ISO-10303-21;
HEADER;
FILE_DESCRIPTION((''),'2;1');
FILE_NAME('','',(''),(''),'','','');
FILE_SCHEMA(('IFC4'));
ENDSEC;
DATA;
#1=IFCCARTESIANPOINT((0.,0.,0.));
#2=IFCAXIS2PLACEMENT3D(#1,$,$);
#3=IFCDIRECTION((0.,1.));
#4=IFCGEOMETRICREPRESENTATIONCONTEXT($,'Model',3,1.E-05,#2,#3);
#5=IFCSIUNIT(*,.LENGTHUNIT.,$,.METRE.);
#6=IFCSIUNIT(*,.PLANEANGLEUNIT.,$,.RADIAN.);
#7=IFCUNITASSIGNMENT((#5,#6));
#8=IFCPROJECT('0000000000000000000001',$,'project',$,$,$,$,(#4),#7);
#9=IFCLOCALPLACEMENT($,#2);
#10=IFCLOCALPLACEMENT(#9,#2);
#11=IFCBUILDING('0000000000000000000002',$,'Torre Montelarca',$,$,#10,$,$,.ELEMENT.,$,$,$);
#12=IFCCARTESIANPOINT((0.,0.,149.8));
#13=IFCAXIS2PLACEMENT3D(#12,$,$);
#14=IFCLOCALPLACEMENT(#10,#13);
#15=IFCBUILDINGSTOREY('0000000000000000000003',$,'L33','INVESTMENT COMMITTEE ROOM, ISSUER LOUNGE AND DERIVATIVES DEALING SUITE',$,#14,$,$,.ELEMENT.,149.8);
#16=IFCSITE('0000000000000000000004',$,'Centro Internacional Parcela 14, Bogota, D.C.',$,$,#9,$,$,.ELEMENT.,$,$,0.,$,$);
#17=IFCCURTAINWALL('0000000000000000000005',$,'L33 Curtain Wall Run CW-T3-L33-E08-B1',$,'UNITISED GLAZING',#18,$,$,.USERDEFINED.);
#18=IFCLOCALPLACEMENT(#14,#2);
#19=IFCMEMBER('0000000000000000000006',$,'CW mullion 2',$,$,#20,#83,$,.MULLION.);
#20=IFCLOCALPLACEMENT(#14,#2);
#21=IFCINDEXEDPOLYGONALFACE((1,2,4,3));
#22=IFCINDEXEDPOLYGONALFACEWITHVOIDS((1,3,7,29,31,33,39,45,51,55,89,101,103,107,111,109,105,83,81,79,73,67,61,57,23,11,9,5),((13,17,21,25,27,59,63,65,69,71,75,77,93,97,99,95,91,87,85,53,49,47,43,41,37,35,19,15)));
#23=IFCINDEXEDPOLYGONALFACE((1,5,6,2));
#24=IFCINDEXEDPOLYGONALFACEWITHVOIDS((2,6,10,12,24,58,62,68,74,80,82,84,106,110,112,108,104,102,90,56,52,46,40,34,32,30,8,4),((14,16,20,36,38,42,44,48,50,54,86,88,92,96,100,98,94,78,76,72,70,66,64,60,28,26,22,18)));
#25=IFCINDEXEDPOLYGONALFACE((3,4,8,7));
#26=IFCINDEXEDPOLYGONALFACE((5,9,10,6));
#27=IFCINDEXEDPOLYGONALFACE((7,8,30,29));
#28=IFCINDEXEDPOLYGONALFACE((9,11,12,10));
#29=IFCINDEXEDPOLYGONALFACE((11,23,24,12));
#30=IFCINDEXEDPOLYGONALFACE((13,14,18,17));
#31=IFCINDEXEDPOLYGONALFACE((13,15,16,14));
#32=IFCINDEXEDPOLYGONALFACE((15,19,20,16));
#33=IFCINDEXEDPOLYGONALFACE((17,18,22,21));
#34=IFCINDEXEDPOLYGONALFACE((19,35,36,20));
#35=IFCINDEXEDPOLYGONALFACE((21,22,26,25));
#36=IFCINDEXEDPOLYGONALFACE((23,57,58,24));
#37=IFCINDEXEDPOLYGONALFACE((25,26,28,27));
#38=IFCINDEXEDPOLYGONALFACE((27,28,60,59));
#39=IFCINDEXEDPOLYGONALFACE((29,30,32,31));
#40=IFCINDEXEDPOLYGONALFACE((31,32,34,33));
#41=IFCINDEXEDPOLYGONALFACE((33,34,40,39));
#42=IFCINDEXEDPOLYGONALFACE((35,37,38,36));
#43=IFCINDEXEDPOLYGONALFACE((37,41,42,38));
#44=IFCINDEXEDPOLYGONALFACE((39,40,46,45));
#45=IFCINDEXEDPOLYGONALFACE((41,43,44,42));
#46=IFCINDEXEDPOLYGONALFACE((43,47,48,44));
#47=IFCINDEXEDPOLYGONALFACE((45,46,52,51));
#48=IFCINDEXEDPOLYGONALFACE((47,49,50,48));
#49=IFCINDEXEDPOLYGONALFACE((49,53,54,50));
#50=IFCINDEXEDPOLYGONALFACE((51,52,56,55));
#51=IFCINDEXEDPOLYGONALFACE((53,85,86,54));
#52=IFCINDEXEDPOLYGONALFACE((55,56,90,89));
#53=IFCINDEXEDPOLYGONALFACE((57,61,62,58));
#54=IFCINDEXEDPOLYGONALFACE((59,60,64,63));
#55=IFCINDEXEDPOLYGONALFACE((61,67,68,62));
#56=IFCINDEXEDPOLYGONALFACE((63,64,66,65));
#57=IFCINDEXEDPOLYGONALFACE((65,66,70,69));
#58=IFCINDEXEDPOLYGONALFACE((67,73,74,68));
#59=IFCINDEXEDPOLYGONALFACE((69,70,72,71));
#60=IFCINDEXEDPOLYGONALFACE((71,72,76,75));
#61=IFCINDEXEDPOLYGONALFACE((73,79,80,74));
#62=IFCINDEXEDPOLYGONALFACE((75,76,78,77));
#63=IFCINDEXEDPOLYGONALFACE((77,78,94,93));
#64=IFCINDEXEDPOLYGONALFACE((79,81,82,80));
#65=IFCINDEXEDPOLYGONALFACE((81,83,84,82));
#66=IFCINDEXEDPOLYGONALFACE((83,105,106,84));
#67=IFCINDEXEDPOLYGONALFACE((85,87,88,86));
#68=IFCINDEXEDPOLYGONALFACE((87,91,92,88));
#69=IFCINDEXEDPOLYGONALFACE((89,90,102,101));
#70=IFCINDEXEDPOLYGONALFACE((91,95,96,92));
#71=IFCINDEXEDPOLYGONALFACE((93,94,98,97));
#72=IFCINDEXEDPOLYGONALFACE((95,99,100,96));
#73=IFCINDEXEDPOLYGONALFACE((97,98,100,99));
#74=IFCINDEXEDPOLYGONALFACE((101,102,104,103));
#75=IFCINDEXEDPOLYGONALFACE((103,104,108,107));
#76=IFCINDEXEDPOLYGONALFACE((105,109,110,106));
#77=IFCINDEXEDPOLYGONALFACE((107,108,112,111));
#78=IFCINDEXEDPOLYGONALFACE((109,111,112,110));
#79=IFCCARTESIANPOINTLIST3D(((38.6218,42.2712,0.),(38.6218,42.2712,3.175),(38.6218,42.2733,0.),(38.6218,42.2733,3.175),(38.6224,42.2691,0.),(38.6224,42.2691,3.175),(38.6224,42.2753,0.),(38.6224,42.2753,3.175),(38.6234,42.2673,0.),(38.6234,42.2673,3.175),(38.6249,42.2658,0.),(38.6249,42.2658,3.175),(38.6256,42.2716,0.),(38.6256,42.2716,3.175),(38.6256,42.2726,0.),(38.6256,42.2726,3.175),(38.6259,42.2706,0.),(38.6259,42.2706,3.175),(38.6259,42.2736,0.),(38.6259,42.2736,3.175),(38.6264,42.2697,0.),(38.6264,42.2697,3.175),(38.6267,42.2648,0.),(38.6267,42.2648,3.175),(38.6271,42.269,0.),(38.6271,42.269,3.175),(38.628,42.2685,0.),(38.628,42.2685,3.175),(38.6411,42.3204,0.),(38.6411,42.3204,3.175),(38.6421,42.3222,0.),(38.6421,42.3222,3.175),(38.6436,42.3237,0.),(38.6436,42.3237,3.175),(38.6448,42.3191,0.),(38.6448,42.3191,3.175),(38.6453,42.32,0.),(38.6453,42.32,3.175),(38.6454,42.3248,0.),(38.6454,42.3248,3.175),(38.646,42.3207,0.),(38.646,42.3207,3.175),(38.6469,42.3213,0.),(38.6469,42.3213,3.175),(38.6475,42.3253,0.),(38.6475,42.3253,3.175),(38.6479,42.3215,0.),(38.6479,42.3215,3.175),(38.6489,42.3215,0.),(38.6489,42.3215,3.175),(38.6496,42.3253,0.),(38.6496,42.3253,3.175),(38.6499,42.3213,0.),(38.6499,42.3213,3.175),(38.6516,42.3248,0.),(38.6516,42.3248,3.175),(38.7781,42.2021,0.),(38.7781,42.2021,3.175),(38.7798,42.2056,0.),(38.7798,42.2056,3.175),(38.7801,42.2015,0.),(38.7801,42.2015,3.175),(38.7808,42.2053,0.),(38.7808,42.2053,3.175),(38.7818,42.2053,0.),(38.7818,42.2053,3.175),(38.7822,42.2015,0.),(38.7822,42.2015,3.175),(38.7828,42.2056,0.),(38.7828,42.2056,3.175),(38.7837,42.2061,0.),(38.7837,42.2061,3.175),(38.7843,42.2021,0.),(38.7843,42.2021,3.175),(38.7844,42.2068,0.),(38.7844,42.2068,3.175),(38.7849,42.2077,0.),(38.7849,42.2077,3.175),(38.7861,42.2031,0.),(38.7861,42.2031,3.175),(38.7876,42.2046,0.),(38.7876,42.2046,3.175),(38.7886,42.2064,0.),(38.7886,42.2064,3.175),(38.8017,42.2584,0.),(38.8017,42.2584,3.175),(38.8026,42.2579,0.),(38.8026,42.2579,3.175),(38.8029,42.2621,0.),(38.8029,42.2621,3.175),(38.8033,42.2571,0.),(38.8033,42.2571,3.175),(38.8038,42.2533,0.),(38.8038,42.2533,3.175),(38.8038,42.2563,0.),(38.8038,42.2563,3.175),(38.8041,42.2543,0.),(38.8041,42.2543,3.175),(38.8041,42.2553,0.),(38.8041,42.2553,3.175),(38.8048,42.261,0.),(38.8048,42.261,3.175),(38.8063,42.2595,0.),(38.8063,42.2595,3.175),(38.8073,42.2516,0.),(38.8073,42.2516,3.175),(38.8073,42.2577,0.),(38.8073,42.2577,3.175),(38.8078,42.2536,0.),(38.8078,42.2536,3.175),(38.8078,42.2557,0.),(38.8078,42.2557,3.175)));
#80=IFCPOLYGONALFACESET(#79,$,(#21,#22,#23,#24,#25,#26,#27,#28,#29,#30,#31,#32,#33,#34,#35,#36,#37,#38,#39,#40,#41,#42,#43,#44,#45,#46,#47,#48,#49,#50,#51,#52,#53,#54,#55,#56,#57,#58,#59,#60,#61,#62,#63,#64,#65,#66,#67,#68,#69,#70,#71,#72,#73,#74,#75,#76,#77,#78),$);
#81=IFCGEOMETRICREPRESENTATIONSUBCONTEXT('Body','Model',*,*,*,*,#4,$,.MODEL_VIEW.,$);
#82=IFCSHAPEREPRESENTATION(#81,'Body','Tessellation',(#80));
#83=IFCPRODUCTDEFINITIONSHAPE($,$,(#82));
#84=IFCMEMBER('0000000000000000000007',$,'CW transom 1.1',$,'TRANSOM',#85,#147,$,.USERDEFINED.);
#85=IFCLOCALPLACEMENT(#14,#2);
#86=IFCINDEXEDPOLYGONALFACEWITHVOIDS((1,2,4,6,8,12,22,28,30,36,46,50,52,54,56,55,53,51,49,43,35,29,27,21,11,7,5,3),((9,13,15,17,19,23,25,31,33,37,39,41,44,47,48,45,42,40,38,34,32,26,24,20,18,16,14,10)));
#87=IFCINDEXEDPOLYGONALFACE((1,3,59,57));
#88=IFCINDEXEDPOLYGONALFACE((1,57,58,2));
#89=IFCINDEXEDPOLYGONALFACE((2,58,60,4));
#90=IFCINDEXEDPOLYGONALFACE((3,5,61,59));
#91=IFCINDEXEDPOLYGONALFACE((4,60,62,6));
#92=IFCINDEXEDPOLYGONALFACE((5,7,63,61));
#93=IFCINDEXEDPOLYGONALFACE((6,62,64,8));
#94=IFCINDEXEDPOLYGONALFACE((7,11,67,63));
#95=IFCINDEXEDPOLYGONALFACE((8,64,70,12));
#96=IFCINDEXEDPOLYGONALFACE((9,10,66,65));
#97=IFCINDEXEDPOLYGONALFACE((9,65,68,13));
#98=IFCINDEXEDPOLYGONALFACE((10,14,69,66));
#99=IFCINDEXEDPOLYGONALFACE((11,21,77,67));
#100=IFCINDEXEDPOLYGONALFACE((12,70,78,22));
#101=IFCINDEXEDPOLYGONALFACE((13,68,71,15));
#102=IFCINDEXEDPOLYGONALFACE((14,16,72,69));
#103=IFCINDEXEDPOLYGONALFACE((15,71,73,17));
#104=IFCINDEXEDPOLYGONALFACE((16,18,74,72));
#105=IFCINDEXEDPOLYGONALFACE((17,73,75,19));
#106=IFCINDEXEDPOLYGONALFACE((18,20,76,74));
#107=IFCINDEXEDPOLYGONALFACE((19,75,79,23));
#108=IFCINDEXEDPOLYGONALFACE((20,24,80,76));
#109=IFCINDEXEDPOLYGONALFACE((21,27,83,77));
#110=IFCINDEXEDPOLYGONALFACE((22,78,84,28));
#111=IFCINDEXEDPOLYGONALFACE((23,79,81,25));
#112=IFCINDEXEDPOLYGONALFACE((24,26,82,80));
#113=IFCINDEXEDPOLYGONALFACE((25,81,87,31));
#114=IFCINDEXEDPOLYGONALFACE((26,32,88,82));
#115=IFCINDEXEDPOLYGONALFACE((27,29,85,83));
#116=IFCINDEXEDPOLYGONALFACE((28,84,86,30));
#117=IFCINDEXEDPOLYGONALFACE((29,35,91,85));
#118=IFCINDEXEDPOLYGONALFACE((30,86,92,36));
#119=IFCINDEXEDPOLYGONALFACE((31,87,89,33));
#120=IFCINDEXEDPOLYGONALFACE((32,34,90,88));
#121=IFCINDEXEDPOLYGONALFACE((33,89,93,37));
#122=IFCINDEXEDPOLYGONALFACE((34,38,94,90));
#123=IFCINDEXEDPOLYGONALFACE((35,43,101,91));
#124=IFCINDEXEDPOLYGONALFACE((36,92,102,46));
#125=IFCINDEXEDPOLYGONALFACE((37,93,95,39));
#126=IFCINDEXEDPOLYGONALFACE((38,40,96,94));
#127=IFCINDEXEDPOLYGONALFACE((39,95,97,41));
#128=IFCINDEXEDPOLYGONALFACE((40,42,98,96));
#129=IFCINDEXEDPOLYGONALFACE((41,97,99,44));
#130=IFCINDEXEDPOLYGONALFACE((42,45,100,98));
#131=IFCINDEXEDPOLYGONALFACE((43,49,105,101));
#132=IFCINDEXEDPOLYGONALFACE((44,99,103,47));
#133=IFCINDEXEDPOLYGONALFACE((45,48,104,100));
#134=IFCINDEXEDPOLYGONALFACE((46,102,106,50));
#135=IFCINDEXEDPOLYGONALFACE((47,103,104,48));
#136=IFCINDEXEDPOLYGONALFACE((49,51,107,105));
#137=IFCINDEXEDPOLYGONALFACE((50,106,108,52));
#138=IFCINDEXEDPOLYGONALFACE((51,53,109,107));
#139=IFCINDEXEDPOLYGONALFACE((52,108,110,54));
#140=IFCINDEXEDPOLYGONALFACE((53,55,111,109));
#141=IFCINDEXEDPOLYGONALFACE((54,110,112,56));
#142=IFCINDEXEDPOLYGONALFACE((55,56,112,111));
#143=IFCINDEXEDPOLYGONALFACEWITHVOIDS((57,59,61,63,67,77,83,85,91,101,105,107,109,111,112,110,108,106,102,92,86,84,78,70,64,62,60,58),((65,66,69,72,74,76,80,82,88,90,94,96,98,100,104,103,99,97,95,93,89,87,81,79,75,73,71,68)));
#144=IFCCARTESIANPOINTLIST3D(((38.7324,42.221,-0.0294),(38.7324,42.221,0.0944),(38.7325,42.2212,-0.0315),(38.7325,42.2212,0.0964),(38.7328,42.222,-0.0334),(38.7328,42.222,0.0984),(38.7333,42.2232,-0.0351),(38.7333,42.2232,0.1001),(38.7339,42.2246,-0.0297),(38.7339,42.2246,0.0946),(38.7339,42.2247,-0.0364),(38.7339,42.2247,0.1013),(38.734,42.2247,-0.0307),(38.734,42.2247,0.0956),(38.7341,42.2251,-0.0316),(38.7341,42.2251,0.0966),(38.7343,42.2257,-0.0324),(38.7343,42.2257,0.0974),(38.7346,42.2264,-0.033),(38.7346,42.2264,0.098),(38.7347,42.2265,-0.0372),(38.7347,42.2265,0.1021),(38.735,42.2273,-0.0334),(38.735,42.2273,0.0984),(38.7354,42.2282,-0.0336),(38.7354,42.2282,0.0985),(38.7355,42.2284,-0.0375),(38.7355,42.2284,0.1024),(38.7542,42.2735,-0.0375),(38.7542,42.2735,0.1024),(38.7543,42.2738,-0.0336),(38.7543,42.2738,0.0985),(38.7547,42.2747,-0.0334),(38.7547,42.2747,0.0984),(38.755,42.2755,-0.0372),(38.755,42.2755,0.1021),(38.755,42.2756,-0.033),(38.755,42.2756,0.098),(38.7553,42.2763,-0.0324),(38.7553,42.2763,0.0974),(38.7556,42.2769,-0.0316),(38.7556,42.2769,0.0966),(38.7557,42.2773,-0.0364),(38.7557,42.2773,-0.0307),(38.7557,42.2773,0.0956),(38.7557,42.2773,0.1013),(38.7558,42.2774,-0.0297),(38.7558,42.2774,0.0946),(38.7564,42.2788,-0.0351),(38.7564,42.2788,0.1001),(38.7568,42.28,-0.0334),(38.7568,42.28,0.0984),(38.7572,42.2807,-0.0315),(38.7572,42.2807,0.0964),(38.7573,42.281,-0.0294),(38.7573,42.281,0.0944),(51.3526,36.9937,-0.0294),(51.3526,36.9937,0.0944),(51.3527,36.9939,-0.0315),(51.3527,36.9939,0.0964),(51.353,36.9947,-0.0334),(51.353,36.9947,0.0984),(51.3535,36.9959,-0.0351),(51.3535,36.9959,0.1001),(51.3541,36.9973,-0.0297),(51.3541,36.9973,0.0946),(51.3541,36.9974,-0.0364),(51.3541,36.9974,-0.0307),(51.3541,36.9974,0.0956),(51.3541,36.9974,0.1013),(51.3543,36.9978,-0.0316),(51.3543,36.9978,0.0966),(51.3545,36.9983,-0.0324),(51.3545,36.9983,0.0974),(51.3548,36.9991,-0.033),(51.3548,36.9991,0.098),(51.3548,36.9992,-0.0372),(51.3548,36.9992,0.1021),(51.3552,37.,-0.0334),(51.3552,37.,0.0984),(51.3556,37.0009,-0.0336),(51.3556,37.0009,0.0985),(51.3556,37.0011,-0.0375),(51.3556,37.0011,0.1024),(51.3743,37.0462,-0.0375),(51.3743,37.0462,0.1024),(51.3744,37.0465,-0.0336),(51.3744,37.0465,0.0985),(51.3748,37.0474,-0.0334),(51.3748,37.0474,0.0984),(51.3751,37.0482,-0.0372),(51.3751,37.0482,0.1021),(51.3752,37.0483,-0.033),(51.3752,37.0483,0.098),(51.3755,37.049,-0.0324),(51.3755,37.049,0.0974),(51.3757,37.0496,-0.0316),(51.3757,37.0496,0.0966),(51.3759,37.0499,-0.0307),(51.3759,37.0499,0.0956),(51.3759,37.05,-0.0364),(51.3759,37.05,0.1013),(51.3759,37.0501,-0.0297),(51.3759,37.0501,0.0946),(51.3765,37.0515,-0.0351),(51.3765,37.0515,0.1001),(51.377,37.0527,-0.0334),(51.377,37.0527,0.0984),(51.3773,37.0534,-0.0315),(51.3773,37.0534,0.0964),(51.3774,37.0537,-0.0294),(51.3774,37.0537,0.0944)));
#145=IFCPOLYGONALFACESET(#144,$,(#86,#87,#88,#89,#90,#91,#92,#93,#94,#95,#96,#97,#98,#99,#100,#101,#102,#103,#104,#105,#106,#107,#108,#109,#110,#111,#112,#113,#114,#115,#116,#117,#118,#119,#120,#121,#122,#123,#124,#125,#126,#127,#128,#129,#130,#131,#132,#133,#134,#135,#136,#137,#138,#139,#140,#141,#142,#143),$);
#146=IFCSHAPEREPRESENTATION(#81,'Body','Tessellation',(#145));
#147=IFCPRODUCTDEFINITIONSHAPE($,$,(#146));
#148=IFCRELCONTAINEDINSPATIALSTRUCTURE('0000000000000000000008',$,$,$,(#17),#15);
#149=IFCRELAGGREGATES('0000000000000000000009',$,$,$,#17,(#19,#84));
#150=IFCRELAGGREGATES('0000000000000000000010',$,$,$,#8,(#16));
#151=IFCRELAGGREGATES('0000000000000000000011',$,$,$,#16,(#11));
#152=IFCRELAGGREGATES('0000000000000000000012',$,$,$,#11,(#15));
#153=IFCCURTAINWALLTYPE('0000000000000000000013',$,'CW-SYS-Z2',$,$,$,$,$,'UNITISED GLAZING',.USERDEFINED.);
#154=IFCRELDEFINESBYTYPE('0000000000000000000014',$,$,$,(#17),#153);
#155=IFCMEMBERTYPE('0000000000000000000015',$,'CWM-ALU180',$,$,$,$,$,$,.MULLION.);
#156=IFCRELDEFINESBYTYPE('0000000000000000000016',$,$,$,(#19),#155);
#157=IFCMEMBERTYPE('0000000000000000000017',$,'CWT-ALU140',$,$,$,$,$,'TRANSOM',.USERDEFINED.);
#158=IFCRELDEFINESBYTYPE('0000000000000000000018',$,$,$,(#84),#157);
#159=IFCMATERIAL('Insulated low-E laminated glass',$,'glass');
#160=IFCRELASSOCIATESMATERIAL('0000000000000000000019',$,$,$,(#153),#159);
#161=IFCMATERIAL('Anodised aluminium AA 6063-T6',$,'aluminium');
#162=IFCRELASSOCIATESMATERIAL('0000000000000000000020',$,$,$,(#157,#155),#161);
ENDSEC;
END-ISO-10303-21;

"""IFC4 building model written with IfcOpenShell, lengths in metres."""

from ifc_helpers import new_model, si_unit, direction, frame, origin, origin_2d, place, context, subcontext, project, spatial, hollow_rectangle, extrude, source, transform, mapped, material, material_profile, profile_set, type_object, element, aggregate, save


model = new_model("IFC4")

# Units and contexts
model_context = context("Model", 3, precision=1e-05, world=origin(), true_north=direction((0.0, 1.0)))
body_context = subcontext(model_context, "Body", "Model", "MODEL_VIEW")
ifc_project = project(units=[si_unit("LENGTHUNIT", "METRE"), si_unit("PLANEANGLEUNIT", "RADIAN")], contexts=[model_context])

# Site, building, storey
site_placement = place(None, origin())
site = spatial("IfcSite", under=ifc_project, at=site_placement, Name="Centro Internacional Parcela 14, Bogota, D.C.", CompositionType="ELEMENT", RefElevation=0.0)
building_placement = place(site_placement, origin())
building = spatial("IfcBuilding", under=site, at=building_placement, Name="Torre Montelarca", CompositionType="ELEMENT")
storey_placement = place(building_placement, frame((0.0, 0.0, 149.8)))
storey = spatial("IfcBuildingStorey", under=building, at=storey_placement, Name="L33", Description="INVESTMENT COMMITTEE ROOM, ISSUER LOUNGE AND DERIVATIVES DEALING SUITE", CompositionType="ELEMENT", Elevation=149.8)

# Shared definitions
ifc_material_1 = material(Name="Insulated low-E laminated glass", Category="glass")
curtain_wall_type = type_object("IfcCurtainWallType", Name="CW-SYS-Z2", ElementType="UNITISED GLAZING", PredefinedType="USERDEFINED", material=ifc_material_1)
ifc_material_2 = material(Name="Anodised aluminium AA 6063-T6", Category="aluminium")
ifc_material_profile_1 = material_profile(ifc_material_2, hollow_rectangle(XDim=0.0649, YDim=0.1399, WallThickness=0.0039, InnerFilletRadius=0.0039, OuterFilletRadius=0.0081, at=origin_2d()), Name="ALU65X140X4", Category="aluminium")
ifc_profile_set_1 = profile_set([ifc_material_profile_1], Name="Anodised aluminium AA 6063-T6")
member_type_1 = type_object("IfcMemberType", Name="CWT-ALU140", ElementType="TRANSOM", PredefinedType="USERDEFINED", material=ifc_profile_set_1)

# Shared definitions
ifc_material_profile_2 = material_profile(ifc_material_2, hollow_rectangle(XDim=0.0649, YDim=0.1799, WallThickness=0.0039, InnerFilletRadius=0.0039, OuterFilletRadius=0.0081, at=origin_2d()), Name="ALU65X180X4", Category="aluminium")
ifc_profile_set_2 = profile_set([ifc_material_profile_2], Name="Anodised aluminium AA 6063-T6")
member_type_2 = type_object("IfcMemberType", Name="CWM-ALU180", PredefinedType="MULLION", material=ifc_profile_set_2)

# Curtain wall, members
curtain_wall_1_placement = place(storey_placement, origin())
curtain_wall_1 = element("IfcCurtainWall", 1, at=curtain_wall_1_placement, inside=storey, type_object=curtain_wall_type, Name="L33 Curtain Wall Run CW-T3-L33-E08-B1", ObjectType="UNITISED GLAZING", PredefinedType="USERDEFINED")
shared_shape_1 = source(origin(), body_context, "Body", "SweptSolid", [
    extrude(hollow_rectangle(XDim=0.0649, YDim=0.1799, WallThickness=0.0039, InnerFilletRadius=0.0039, OuterFilletRadius=0.0081, at=origin_2d()), origin(), (0.0, 0.0, 1.0), 3.175),
])
member_1_placement = place(storey_placement, frame((38.7148, 42.2634, 0.0), z_axis=(0.0, 0.0, 1.0), x_axis=(-0.382686, -0.923878, 0.0)))
member_1 = element("IfcMember", 2, at=member_1_placement, type_object=member_type_2, Name="CW mullion 2", PredefinedType="MULLION", context=body_context, shape_type="MappedRepresentation", body=[
    mapped(shared_shape_1, transform((0.0, 0.0, 0.0), scale=1.0)),
])
shared_shape_2 = source(origin(), body_context, "Body", "SweptSolid", [
    extrude(hollow_rectangle(XDim=0.0649, YDim=0.1399, WallThickness=0.0039, InnerFilletRadius=0.0039, OuterFilletRadius=0.0081, at=origin_2d()), origin(), (0.0, 0.0, 1.0), 13.6599),
])
member_2_placement = place(storey_placement, frame((51.365, 37.0237, 0.0325), z_axis=(-0.923883, 0.382675, 0.0), x_axis=(-0.382675, -0.923883, 0.0)))
member_2 = element("IfcMember", 3, at=member_2_placement, type_object=member_type_1, Name="CW transom 1.1", ObjectType="TRANSOM", PredefinedType="USERDEFINED", context=body_context, shape_type="MappedRepresentation", body=[
    mapped(shared_shape_2, transform((0.0, 0.0, 0.0), scale=1.0)),
])

aggregate(curtain_wall_1, [member_1, member_2])

save(model, "model.ifc")
